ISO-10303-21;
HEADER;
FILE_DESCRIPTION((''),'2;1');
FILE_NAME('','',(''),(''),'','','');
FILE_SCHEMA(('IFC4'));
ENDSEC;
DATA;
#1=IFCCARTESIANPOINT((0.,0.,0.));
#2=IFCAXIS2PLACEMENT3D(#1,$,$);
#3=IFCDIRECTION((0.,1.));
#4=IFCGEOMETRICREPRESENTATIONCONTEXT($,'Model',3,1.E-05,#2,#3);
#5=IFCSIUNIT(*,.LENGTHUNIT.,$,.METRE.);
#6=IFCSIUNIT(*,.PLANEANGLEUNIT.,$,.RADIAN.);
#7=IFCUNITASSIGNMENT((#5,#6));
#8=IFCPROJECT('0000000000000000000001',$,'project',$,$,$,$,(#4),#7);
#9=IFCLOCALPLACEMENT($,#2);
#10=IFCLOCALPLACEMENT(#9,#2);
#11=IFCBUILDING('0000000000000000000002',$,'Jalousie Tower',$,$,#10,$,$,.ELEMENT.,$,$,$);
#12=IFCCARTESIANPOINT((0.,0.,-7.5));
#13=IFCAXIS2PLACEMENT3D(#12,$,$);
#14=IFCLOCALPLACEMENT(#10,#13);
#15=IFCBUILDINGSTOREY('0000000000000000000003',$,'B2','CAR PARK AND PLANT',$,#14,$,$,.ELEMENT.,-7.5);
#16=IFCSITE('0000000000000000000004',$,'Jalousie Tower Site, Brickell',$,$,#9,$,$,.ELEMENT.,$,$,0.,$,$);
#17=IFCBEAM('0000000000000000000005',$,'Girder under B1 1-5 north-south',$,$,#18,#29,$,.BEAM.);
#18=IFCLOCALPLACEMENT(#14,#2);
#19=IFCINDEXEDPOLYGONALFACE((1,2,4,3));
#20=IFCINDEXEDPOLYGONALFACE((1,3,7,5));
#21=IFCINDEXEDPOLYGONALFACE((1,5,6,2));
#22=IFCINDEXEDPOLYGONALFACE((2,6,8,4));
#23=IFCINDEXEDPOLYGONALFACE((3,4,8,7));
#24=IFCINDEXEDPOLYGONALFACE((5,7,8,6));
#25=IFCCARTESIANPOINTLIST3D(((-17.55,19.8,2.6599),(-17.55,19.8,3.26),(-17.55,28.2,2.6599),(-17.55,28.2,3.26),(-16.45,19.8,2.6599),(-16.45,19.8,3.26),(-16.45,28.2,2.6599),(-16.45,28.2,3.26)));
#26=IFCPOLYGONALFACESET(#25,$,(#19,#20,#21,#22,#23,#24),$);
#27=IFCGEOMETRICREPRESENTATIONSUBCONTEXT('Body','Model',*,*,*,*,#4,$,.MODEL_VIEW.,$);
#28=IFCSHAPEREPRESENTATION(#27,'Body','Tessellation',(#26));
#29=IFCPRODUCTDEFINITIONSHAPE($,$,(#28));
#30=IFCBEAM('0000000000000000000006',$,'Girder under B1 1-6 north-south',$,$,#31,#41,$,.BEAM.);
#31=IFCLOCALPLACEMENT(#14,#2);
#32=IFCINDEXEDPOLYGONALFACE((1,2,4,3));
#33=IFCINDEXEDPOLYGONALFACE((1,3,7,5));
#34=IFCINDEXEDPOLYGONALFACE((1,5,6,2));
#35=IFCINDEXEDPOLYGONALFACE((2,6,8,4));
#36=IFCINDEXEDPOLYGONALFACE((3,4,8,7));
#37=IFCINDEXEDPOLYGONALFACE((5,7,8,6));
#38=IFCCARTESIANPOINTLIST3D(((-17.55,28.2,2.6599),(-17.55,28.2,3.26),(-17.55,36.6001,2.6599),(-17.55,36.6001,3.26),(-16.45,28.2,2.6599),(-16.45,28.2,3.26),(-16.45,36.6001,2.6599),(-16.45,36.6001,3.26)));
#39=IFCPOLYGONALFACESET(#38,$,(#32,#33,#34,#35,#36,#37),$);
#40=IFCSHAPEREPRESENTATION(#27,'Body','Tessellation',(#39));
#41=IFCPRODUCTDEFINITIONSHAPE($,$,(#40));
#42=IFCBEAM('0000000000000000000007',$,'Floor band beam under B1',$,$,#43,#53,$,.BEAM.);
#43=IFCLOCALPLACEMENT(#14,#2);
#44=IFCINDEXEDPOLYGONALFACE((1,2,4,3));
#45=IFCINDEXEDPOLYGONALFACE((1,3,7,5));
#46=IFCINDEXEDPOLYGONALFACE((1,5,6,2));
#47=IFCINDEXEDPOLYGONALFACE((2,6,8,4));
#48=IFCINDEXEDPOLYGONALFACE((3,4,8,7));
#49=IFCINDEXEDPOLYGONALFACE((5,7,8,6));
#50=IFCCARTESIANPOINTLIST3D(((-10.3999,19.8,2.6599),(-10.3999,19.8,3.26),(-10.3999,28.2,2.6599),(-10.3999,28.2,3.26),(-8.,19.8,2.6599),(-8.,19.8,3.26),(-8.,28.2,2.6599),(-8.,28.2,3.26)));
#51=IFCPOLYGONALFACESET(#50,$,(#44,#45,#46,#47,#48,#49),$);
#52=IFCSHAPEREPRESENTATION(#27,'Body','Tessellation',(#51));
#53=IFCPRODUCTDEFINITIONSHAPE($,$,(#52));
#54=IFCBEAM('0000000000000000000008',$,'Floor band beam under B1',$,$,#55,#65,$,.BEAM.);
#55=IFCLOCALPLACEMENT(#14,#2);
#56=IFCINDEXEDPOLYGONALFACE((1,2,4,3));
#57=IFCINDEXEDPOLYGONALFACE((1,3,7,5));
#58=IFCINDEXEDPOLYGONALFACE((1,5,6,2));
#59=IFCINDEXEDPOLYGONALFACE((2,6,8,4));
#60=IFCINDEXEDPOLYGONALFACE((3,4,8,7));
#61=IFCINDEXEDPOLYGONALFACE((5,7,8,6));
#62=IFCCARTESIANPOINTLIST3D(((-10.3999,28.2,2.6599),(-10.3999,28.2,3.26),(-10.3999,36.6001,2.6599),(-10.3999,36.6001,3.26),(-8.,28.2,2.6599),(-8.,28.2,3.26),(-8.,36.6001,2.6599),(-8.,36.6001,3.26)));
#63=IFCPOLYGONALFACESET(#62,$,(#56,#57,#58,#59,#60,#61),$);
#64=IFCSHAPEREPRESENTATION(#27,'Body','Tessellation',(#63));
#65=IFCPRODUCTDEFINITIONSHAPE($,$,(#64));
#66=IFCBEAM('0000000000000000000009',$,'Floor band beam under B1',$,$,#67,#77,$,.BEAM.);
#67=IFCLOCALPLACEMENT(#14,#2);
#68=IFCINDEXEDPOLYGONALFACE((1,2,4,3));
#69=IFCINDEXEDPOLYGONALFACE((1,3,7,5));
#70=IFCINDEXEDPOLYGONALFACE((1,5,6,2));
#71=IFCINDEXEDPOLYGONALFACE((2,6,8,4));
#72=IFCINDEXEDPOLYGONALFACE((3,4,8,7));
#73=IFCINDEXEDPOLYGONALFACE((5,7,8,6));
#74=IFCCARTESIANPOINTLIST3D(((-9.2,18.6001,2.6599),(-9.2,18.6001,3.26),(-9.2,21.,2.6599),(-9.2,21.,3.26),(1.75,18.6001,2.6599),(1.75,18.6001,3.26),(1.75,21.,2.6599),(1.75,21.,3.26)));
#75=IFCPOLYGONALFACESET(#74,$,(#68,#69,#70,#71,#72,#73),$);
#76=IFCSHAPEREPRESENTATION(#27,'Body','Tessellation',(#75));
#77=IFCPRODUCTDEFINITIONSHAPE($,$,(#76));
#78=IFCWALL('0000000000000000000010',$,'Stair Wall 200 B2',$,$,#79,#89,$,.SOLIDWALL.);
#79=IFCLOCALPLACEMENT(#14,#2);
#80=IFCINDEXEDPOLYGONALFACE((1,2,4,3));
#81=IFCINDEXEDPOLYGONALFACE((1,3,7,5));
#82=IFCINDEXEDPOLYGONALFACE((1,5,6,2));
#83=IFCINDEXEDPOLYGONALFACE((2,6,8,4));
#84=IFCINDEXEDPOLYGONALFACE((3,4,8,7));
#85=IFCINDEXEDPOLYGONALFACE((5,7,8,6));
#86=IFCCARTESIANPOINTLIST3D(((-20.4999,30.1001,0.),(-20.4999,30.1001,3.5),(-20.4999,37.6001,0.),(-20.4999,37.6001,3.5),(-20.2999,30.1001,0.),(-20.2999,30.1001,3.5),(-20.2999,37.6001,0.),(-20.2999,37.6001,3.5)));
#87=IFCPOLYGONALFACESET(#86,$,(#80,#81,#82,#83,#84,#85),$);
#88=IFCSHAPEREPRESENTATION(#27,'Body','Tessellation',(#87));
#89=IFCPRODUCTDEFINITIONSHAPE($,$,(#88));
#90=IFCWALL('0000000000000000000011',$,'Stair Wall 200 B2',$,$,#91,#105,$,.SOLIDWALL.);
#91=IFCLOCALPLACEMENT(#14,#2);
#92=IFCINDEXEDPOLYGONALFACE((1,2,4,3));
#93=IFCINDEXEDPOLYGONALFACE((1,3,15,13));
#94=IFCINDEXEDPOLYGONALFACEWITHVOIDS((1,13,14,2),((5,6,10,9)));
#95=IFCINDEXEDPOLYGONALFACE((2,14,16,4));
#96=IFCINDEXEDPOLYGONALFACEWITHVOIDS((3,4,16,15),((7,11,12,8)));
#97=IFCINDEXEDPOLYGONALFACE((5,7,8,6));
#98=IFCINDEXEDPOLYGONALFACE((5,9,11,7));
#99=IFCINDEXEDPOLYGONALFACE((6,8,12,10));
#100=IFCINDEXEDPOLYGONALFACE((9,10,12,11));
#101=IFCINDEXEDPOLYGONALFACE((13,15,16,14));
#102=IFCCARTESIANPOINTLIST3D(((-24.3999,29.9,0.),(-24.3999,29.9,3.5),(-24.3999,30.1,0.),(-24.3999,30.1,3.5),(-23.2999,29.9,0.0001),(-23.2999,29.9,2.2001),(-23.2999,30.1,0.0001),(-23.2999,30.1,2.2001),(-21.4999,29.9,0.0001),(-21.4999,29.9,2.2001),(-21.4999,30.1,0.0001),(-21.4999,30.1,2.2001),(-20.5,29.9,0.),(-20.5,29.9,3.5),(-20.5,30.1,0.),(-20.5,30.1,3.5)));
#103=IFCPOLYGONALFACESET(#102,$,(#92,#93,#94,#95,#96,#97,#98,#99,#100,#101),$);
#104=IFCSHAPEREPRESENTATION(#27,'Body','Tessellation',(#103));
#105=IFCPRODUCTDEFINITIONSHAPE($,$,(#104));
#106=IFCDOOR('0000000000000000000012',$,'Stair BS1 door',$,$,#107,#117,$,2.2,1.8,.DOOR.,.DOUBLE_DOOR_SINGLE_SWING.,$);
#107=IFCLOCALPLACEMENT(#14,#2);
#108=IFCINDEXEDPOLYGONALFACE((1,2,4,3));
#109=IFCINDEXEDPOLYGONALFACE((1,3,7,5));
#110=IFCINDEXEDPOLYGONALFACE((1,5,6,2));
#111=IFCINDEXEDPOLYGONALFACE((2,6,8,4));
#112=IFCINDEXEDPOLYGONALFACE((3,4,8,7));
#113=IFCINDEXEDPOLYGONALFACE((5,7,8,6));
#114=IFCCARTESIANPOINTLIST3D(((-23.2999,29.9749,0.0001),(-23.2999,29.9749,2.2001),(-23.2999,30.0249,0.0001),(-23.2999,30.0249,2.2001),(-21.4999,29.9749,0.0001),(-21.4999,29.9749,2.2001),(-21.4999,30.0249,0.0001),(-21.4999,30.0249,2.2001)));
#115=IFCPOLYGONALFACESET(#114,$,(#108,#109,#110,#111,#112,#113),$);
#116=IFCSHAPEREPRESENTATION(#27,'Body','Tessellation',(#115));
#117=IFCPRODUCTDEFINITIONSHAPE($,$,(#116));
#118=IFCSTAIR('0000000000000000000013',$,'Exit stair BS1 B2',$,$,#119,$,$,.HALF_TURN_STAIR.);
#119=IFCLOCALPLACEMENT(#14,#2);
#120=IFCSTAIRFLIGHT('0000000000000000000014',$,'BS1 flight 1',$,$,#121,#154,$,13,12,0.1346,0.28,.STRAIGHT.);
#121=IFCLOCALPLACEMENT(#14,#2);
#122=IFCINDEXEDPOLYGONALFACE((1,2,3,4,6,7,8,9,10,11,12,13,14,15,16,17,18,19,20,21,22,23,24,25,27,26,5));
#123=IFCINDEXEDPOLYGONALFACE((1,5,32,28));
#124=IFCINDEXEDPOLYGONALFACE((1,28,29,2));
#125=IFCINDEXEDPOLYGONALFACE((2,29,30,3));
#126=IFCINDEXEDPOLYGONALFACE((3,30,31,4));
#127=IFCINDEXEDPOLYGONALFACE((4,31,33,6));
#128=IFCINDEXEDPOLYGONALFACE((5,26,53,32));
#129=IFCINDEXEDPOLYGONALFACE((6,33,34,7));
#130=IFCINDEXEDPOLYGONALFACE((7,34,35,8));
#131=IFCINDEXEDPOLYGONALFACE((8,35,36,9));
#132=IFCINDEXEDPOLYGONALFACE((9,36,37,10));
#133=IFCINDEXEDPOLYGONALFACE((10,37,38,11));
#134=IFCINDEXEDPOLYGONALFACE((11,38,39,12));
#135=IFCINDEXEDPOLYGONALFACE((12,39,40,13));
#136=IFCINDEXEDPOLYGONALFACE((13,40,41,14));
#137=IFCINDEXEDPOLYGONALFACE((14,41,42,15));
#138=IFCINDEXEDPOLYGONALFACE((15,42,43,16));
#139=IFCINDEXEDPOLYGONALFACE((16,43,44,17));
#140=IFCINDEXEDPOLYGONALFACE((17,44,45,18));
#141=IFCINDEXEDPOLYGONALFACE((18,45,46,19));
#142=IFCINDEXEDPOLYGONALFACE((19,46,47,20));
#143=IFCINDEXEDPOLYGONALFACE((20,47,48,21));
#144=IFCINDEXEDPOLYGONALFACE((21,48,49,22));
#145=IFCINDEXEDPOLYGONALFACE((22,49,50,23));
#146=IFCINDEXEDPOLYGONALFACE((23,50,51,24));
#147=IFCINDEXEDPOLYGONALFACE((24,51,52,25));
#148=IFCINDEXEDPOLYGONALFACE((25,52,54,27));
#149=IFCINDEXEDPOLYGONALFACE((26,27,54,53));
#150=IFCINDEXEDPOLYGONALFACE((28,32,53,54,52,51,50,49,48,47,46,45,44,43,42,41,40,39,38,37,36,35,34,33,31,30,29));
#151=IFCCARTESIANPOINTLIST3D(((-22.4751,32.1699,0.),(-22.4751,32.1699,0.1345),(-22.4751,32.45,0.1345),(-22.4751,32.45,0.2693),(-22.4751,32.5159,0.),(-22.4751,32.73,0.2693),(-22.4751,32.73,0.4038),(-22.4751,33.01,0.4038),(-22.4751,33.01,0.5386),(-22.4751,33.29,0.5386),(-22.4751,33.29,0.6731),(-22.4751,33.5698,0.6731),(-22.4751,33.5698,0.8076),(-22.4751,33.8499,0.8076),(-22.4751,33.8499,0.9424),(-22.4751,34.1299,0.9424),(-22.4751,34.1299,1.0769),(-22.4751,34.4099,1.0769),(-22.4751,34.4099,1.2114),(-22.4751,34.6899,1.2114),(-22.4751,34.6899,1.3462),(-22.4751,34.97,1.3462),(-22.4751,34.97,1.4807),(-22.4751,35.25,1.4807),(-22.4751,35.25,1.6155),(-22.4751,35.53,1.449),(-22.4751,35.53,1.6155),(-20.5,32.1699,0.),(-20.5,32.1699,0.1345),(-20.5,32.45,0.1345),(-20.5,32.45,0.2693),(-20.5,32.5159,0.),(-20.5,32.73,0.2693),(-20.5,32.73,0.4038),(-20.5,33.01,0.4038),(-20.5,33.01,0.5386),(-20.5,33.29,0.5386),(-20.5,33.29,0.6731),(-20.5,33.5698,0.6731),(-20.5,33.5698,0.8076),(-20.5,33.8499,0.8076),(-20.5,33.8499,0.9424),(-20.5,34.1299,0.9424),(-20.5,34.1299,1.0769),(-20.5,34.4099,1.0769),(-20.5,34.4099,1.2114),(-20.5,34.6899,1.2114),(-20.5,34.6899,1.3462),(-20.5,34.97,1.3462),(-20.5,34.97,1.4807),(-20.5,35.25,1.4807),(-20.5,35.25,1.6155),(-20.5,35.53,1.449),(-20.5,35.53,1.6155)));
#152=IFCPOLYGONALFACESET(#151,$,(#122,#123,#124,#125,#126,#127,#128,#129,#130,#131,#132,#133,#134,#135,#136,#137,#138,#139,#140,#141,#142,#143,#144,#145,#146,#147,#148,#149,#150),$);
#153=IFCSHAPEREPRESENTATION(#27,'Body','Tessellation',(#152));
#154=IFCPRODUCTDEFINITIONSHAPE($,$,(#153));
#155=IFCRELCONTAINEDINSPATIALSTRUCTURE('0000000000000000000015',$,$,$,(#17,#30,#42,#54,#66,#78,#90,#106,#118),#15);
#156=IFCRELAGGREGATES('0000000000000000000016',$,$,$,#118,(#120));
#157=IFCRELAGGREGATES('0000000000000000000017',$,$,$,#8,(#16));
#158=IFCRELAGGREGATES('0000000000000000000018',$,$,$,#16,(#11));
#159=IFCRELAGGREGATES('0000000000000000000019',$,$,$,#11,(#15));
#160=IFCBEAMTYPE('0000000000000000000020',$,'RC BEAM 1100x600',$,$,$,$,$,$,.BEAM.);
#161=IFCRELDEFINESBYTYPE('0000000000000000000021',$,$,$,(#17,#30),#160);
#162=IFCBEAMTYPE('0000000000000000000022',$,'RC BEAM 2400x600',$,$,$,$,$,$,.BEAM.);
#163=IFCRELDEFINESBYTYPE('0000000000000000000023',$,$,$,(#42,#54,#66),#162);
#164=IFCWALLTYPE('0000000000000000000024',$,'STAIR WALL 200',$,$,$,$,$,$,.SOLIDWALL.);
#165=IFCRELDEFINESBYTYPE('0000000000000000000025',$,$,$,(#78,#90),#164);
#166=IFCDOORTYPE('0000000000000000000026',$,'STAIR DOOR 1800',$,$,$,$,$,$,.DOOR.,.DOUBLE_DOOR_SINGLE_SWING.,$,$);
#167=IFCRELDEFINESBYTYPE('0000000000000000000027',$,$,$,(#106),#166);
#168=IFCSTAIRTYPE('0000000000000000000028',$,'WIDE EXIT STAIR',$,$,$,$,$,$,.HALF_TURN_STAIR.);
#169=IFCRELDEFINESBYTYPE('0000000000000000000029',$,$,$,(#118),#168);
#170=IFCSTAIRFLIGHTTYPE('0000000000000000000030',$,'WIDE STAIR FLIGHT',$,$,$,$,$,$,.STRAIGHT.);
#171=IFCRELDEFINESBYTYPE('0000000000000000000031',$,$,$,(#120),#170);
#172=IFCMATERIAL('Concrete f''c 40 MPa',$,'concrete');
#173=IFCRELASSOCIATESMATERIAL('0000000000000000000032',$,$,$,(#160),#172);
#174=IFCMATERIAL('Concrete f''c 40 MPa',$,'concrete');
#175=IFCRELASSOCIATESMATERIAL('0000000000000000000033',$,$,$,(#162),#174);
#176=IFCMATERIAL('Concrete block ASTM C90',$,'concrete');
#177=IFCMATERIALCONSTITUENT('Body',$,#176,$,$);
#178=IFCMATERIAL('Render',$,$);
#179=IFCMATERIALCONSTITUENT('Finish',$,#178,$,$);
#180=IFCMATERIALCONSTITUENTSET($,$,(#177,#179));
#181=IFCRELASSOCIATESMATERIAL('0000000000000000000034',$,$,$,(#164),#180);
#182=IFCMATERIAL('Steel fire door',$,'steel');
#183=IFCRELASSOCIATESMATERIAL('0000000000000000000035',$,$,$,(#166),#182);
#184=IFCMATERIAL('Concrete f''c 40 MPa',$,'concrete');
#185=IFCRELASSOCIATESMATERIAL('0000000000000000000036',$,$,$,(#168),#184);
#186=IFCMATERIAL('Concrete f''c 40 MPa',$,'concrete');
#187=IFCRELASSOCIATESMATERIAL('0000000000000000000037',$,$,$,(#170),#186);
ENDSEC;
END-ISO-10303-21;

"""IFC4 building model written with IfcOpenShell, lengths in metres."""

from ifc_helpers import new_model, si_unit, direction, frame, frame_2d, origin, origin_2d, place, context, subcontext, project, spatial, polyline, rectangle, outline, extrude, material, constituent, constituent_set, material_profile, profile_set, type_object, element, fill, aggregate, save


model = new_model("IFC4")

# Units and contexts
model_context = context("Model", 3, precision=1e-05, world=origin(), true_north=direction((0.0, 1.0)))
body_context = subcontext(model_context, "Body", "Model", "MODEL_VIEW")
ifc_project = project(units=[si_unit("LENGTHUNIT", "METRE"), si_unit("PLANEANGLEUNIT", "RADIAN")], contexts=[model_context])

# Site, building, storey
site_placement = place(None, origin())
site = spatial("IfcSite", under=ifc_project, at=site_placement, Name="Jalousie Tower Site, Brickell", CompositionType="ELEMENT", RefElevation=0.0)
building_placement = place(site_placement, origin())
building = spatial("IfcBuilding", under=site, at=building_placement, Name="Jalousie Tower", CompositionType="ELEMENT")
storey_placement = place(building_placement, frame((0.0, 0.0, -7.5)))
storey = spatial("IfcBuildingStorey", under=building, at=storey_placement, Name="B2", Description="CAR PARK AND PLANT", CompositionType="ELEMENT", Elevation=-7.5)

# Beams
ifc_material_1 = material(Name="Concrete f'c 40 MPa", Category="concrete")
ifc_material_profile_1 = material_profile(ifc_material_1, rectangle(XDim=1.1001, YDim=0.6001, at=origin_2d()), Name="RC 1100x600")
ifc_profile_set_1 = profile_set([ifc_material_profile_1], Name="Concrete f'c 40 MPa")
beam_type_1 = type_object("IfcBeamType", Name="RC BEAM 1100x600", PredefinedType="BEAM", material=ifc_profile_set_1)
beam_1_placement = place(storey_placement, frame((-17.0, 19.8, 2.96), z_axis=(0.0, 1.0, 0.0), x_axis=(-1.0, 0.0, 0.0)))
element("IfcBeam", 1, at=beam_1_placement, inside=storey, type_object=beam_type_1, Name="Girder under B1 1-5 north-south", PredefinedType="BEAM", context=body_context, shape_type="SweptSolid", body=[
    extrude(rectangle(XDim=1.1001, YDim=0.6001, at=origin_2d()), origin(), (0.0, 0.0, 1.0), 8.3999),
])
beam_2_placement = place(storey_placement, frame((-17.0, 28.2, 2.96), z_axis=(0.0, 1.0, 0.0), x_axis=(-1.0, 0.0, 0.0)))
element("IfcBeam", 2, at=beam_2_placement, inside=storey, type_object=beam_type_1, Name="Girder under B1 1-6 north-south", PredefinedType="BEAM", context=body_context, shape_type="SweptSolid", body=[
    extrude(rectangle(XDim=1.1001, YDim=0.6001, at=origin_2d()), origin(), (0.0, 0.0, 1.0), 8.4001),
])
ifc_material_2 = material(Name="Concrete f'c 40 MPa", Category="concrete")
ifc_material_profile_2 = material_profile(ifc_material_2, rectangle(XDim=2.3999, YDim=0.6001, at=origin_2d()), Name="RC 2400x600")
ifc_profile_set_2 = profile_set([ifc_material_profile_2], Name="Concrete f'c 40 MPa")
beam_type_2 = type_object("IfcBeamType", Name="RC BEAM 2400x600", PredefinedType="BEAM", material=ifc_profile_set_2)
beam_3_placement = place(storey_placement, frame((-9.2, 19.8, 2.96), z_axis=(0.0, 1.0, 0.0), x_axis=(-1.0, 0.0, 0.0)))
element("IfcBeam", 3, at=beam_3_placement, inside=storey, type_object=beam_type_2, Name="Floor band beam under B1", PredefinedType="BEAM", context=body_context, shape_type="SweptSolid", body=[
    extrude(rectangle(XDim=2.3999, YDim=0.6001, at=origin_2d()), origin(), (0.0, 0.0, 1.0), 8.3999),
])
beam_4_placement = place(storey_placement, frame((-9.2, 28.2, 2.96), z_axis=(0.0, 1.0, 0.0), x_axis=(-1.0, 0.0, 0.0)))
element("IfcBeam", 4, at=beam_4_placement, inside=storey, type_object=beam_type_2, Name="Floor band beam under B1", PredefinedType="BEAM", context=body_context, shape_type="SweptSolid", body=[
    extrude(rectangle(XDim=2.3999, YDim=0.6001, at=origin_2d()), origin(), (0.0, 0.0, 1.0), 8.4001),
])
beam_5_placement = place(storey_placement, frame((-9.2, 19.8, 2.96), z_axis=(1.0, 0.0, 0.0), x_axis=(0.0, 1.0, 0.0)))
element("IfcBeam", 5, at=beam_5_placement, inside=storey, type_object=beam_type_2, Name="Floor band beam under B1", PredefinedType="BEAM", context=body_context, shape_type="SweptSolid", body=[
    extrude(rectangle(XDim=2.3999, YDim=0.6001, at=origin_2d()), origin(), (0.0, 0.0, 1.0), 10.95),
])

# Wall
ifc_material_3 = material(Name="Concrete block ASTM C90", Category="concrete")
ifc_constituent_1 = constituent(ifc_material_3, Name="Body")
ifc_material_4 = material(Name="Render")
ifc_constituent_2 = constituent(ifc_material_4, Name="Finish")
ifc_constituent_set_1 = constituent_set(constituents=[ifc_constituent_1, ifc_constituent_2])
wall_type = type_object("IfcWallType", Name="STAIR WALL 200", PredefinedType="SOLIDWALL", material=ifc_constituent_set_1)
wall_1_placement = place(storey_placement, frame((-20.3999, 30.1001, 0.0), z_axis=(0.0, 0.0, 1.0), x_axis=(0.0, 1.0, 0.0)))
element("IfcWall", 6, at=wall_1_placement, inside=storey, type_object=wall_type, Name="Stair Wall 200 B2", PredefinedType="SOLIDWALL", context=body_context, shape_type="SweptSolid", body=[
    extrude(rectangle(XDim=7.5, YDim=0.2, at=frame_2d((3.75, 0.0))), origin(), (0.0, 0.0, 1.0), 3.5),
])

# Wall, opening, door
wall_2_placement = place(storey_placement, frame((-24.3999, 30.0, 0.0), z_axis=(0.0, 0.0, 1.0), x_axis=(1.0, 0.0, 0.0)))
wall_2 = element("IfcWall", 7, at=wall_2_placement, inside=storey, type_object=wall_type, Name="Stair Wall 200 B2", PredefinedType="SOLIDWALL", context=body_context, shape_type="SweptSolid", body=[
    extrude(rectangle(XDim=3.8999, YDim=0.2, at=frame_2d((1.95, 0.0))), origin(), (0.0, 0.0, 1.0), 3.5),
])
opening_placement = place(wall_2_placement, frame((1.1001, 0.0, 0.0)))
opening = element("IfcOpeningElement", 8, at=opening_placement, cuts=wall_2, PredefinedType="OPENING", context=body_context, shape_type="SweptSolid", body=[
    extrude(rectangle(XDim=1.8, YDim=2.2, at=frame_2d((0.8999, 1.1001))), frame((0.0, 0.1099, 0.0), z_axis=(0.0, -1.0, 0.0), x_axis=(1.0, 0.0, 0.0)), (0.0, 0.0, 1.0), 0.22),
])
ifc_material_5 = material(Name="Steel fire door", Category="steel")
door_type = type_object("IfcDoorType", Name="STAIR DOOR 1800", OperationType="DOUBLE_DOOR_SINGLE_SWING", PredefinedType="DOOR", material=ifc_material_5)
door_placement = place(opening_placement, origin())
door = element("IfcDoor", 9, at=door_placement, inside=storey, type_object=door_type, Name="Stair BS1 door", OperationType="DOUBLE_DOOR_SINGLE_SWING", OverallHeight=2.2, OverallWidth=1.8, PredefinedType="DOOR", context=body_context, shape_type="SweptSolid", body=[
    extrude(rectangle(XDim=1.8, YDim=2.2, at=frame_2d((0.8999, 1.1001))), frame((0.0, 0.0249, 0.0), z_axis=(0.0, -1.0, 0.0), x_axis=(1.0, 0.0, 0.0)), (0.0, 0.0, 1.0), 0.05),
])
fill(opening, door)

# Stair, stair flight
ifc_material_6 = material(Name="Concrete f'c 40 MPa", Category="concrete")
stair_type = type_object("IfcStairType", Name="WIDE EXIT STAIR", PredefinedType="HALF_TURN_STAIR", material=ifc_material_6)
stair_placement = place(storey_placement, origin())
stair = element("IfcStair", 10, at=stair_placement, inside=storey, type_object=stair_type, Name="Exit stair BS1 B2", PredefinedType="HALF_TURN_STAIR")
ifc_material_7 = material(Name="Concrete f'c 40 MPa", Category="concrete")
stair_flight_type = type_object("IfcStairFlightType", Name="WIDE STAIR FLIGHT", PredefinedType="STRAIGHT", material=ifc_material_7)
stair_flight_placement = place(storey_placement, frame((-21.4875, 32.1699, 0.0), z_axis=(0.0, 0.0, 1.0), x_axis=(0.0, 1.0, 0.0)))
stair_flight = element("IfcStairFlight", 11, at=stair_flight_placement, type_object=stair_flight_type, Name="BS1 flight 1", NumberOfRisers=13, NumberOfTreads=12, PredefinedType="STRAIGHT", RiserHeight=0.1346, TreadLength=0.28, context=body_context, shape_type="SweptSolid", body=[
    extrude(outline(polyline([(0.0, 0.0), (0.0, 0.1345), (0.28, 0.1345), (0.28, 0.2693), (0.5601, 0.2693), (0.5601, 0.4038), (0.8401, 0.4038), (0.8401, 0.5386), (1.1201, 0.5386), (1.1201, 0.6731), (1.3999, 0.6731), (1.3999, 0.8076), (1.6799, 0.8076), (1.6799, 0.9424), (1.96, 0.9424), (1.96, 1.0769), (2.24, 1.0769), (2.24, 1.2114), (2.52, 1.2114), (2.52, 1.3462), (2.8, 1.3462), (2.8, 1.4807), (3.0801, 1.4807), (3.0801, 1.6155), (3.3601, 1.6155), (3.3601, 1.75), (3.3601, 1.449), (0.3459, 0.0), (0.0, 0.0)])), frame((0.0, 0.9875, 0.0), z_axis=(0.0, -1.0, 0.0), x_axis=(1.0, 0.0, 0.0)), (0.0, 0.0, 1.0), 1.9751),
])
aggregate(stair, [stair_flight])

save(model, "model.ifc")
